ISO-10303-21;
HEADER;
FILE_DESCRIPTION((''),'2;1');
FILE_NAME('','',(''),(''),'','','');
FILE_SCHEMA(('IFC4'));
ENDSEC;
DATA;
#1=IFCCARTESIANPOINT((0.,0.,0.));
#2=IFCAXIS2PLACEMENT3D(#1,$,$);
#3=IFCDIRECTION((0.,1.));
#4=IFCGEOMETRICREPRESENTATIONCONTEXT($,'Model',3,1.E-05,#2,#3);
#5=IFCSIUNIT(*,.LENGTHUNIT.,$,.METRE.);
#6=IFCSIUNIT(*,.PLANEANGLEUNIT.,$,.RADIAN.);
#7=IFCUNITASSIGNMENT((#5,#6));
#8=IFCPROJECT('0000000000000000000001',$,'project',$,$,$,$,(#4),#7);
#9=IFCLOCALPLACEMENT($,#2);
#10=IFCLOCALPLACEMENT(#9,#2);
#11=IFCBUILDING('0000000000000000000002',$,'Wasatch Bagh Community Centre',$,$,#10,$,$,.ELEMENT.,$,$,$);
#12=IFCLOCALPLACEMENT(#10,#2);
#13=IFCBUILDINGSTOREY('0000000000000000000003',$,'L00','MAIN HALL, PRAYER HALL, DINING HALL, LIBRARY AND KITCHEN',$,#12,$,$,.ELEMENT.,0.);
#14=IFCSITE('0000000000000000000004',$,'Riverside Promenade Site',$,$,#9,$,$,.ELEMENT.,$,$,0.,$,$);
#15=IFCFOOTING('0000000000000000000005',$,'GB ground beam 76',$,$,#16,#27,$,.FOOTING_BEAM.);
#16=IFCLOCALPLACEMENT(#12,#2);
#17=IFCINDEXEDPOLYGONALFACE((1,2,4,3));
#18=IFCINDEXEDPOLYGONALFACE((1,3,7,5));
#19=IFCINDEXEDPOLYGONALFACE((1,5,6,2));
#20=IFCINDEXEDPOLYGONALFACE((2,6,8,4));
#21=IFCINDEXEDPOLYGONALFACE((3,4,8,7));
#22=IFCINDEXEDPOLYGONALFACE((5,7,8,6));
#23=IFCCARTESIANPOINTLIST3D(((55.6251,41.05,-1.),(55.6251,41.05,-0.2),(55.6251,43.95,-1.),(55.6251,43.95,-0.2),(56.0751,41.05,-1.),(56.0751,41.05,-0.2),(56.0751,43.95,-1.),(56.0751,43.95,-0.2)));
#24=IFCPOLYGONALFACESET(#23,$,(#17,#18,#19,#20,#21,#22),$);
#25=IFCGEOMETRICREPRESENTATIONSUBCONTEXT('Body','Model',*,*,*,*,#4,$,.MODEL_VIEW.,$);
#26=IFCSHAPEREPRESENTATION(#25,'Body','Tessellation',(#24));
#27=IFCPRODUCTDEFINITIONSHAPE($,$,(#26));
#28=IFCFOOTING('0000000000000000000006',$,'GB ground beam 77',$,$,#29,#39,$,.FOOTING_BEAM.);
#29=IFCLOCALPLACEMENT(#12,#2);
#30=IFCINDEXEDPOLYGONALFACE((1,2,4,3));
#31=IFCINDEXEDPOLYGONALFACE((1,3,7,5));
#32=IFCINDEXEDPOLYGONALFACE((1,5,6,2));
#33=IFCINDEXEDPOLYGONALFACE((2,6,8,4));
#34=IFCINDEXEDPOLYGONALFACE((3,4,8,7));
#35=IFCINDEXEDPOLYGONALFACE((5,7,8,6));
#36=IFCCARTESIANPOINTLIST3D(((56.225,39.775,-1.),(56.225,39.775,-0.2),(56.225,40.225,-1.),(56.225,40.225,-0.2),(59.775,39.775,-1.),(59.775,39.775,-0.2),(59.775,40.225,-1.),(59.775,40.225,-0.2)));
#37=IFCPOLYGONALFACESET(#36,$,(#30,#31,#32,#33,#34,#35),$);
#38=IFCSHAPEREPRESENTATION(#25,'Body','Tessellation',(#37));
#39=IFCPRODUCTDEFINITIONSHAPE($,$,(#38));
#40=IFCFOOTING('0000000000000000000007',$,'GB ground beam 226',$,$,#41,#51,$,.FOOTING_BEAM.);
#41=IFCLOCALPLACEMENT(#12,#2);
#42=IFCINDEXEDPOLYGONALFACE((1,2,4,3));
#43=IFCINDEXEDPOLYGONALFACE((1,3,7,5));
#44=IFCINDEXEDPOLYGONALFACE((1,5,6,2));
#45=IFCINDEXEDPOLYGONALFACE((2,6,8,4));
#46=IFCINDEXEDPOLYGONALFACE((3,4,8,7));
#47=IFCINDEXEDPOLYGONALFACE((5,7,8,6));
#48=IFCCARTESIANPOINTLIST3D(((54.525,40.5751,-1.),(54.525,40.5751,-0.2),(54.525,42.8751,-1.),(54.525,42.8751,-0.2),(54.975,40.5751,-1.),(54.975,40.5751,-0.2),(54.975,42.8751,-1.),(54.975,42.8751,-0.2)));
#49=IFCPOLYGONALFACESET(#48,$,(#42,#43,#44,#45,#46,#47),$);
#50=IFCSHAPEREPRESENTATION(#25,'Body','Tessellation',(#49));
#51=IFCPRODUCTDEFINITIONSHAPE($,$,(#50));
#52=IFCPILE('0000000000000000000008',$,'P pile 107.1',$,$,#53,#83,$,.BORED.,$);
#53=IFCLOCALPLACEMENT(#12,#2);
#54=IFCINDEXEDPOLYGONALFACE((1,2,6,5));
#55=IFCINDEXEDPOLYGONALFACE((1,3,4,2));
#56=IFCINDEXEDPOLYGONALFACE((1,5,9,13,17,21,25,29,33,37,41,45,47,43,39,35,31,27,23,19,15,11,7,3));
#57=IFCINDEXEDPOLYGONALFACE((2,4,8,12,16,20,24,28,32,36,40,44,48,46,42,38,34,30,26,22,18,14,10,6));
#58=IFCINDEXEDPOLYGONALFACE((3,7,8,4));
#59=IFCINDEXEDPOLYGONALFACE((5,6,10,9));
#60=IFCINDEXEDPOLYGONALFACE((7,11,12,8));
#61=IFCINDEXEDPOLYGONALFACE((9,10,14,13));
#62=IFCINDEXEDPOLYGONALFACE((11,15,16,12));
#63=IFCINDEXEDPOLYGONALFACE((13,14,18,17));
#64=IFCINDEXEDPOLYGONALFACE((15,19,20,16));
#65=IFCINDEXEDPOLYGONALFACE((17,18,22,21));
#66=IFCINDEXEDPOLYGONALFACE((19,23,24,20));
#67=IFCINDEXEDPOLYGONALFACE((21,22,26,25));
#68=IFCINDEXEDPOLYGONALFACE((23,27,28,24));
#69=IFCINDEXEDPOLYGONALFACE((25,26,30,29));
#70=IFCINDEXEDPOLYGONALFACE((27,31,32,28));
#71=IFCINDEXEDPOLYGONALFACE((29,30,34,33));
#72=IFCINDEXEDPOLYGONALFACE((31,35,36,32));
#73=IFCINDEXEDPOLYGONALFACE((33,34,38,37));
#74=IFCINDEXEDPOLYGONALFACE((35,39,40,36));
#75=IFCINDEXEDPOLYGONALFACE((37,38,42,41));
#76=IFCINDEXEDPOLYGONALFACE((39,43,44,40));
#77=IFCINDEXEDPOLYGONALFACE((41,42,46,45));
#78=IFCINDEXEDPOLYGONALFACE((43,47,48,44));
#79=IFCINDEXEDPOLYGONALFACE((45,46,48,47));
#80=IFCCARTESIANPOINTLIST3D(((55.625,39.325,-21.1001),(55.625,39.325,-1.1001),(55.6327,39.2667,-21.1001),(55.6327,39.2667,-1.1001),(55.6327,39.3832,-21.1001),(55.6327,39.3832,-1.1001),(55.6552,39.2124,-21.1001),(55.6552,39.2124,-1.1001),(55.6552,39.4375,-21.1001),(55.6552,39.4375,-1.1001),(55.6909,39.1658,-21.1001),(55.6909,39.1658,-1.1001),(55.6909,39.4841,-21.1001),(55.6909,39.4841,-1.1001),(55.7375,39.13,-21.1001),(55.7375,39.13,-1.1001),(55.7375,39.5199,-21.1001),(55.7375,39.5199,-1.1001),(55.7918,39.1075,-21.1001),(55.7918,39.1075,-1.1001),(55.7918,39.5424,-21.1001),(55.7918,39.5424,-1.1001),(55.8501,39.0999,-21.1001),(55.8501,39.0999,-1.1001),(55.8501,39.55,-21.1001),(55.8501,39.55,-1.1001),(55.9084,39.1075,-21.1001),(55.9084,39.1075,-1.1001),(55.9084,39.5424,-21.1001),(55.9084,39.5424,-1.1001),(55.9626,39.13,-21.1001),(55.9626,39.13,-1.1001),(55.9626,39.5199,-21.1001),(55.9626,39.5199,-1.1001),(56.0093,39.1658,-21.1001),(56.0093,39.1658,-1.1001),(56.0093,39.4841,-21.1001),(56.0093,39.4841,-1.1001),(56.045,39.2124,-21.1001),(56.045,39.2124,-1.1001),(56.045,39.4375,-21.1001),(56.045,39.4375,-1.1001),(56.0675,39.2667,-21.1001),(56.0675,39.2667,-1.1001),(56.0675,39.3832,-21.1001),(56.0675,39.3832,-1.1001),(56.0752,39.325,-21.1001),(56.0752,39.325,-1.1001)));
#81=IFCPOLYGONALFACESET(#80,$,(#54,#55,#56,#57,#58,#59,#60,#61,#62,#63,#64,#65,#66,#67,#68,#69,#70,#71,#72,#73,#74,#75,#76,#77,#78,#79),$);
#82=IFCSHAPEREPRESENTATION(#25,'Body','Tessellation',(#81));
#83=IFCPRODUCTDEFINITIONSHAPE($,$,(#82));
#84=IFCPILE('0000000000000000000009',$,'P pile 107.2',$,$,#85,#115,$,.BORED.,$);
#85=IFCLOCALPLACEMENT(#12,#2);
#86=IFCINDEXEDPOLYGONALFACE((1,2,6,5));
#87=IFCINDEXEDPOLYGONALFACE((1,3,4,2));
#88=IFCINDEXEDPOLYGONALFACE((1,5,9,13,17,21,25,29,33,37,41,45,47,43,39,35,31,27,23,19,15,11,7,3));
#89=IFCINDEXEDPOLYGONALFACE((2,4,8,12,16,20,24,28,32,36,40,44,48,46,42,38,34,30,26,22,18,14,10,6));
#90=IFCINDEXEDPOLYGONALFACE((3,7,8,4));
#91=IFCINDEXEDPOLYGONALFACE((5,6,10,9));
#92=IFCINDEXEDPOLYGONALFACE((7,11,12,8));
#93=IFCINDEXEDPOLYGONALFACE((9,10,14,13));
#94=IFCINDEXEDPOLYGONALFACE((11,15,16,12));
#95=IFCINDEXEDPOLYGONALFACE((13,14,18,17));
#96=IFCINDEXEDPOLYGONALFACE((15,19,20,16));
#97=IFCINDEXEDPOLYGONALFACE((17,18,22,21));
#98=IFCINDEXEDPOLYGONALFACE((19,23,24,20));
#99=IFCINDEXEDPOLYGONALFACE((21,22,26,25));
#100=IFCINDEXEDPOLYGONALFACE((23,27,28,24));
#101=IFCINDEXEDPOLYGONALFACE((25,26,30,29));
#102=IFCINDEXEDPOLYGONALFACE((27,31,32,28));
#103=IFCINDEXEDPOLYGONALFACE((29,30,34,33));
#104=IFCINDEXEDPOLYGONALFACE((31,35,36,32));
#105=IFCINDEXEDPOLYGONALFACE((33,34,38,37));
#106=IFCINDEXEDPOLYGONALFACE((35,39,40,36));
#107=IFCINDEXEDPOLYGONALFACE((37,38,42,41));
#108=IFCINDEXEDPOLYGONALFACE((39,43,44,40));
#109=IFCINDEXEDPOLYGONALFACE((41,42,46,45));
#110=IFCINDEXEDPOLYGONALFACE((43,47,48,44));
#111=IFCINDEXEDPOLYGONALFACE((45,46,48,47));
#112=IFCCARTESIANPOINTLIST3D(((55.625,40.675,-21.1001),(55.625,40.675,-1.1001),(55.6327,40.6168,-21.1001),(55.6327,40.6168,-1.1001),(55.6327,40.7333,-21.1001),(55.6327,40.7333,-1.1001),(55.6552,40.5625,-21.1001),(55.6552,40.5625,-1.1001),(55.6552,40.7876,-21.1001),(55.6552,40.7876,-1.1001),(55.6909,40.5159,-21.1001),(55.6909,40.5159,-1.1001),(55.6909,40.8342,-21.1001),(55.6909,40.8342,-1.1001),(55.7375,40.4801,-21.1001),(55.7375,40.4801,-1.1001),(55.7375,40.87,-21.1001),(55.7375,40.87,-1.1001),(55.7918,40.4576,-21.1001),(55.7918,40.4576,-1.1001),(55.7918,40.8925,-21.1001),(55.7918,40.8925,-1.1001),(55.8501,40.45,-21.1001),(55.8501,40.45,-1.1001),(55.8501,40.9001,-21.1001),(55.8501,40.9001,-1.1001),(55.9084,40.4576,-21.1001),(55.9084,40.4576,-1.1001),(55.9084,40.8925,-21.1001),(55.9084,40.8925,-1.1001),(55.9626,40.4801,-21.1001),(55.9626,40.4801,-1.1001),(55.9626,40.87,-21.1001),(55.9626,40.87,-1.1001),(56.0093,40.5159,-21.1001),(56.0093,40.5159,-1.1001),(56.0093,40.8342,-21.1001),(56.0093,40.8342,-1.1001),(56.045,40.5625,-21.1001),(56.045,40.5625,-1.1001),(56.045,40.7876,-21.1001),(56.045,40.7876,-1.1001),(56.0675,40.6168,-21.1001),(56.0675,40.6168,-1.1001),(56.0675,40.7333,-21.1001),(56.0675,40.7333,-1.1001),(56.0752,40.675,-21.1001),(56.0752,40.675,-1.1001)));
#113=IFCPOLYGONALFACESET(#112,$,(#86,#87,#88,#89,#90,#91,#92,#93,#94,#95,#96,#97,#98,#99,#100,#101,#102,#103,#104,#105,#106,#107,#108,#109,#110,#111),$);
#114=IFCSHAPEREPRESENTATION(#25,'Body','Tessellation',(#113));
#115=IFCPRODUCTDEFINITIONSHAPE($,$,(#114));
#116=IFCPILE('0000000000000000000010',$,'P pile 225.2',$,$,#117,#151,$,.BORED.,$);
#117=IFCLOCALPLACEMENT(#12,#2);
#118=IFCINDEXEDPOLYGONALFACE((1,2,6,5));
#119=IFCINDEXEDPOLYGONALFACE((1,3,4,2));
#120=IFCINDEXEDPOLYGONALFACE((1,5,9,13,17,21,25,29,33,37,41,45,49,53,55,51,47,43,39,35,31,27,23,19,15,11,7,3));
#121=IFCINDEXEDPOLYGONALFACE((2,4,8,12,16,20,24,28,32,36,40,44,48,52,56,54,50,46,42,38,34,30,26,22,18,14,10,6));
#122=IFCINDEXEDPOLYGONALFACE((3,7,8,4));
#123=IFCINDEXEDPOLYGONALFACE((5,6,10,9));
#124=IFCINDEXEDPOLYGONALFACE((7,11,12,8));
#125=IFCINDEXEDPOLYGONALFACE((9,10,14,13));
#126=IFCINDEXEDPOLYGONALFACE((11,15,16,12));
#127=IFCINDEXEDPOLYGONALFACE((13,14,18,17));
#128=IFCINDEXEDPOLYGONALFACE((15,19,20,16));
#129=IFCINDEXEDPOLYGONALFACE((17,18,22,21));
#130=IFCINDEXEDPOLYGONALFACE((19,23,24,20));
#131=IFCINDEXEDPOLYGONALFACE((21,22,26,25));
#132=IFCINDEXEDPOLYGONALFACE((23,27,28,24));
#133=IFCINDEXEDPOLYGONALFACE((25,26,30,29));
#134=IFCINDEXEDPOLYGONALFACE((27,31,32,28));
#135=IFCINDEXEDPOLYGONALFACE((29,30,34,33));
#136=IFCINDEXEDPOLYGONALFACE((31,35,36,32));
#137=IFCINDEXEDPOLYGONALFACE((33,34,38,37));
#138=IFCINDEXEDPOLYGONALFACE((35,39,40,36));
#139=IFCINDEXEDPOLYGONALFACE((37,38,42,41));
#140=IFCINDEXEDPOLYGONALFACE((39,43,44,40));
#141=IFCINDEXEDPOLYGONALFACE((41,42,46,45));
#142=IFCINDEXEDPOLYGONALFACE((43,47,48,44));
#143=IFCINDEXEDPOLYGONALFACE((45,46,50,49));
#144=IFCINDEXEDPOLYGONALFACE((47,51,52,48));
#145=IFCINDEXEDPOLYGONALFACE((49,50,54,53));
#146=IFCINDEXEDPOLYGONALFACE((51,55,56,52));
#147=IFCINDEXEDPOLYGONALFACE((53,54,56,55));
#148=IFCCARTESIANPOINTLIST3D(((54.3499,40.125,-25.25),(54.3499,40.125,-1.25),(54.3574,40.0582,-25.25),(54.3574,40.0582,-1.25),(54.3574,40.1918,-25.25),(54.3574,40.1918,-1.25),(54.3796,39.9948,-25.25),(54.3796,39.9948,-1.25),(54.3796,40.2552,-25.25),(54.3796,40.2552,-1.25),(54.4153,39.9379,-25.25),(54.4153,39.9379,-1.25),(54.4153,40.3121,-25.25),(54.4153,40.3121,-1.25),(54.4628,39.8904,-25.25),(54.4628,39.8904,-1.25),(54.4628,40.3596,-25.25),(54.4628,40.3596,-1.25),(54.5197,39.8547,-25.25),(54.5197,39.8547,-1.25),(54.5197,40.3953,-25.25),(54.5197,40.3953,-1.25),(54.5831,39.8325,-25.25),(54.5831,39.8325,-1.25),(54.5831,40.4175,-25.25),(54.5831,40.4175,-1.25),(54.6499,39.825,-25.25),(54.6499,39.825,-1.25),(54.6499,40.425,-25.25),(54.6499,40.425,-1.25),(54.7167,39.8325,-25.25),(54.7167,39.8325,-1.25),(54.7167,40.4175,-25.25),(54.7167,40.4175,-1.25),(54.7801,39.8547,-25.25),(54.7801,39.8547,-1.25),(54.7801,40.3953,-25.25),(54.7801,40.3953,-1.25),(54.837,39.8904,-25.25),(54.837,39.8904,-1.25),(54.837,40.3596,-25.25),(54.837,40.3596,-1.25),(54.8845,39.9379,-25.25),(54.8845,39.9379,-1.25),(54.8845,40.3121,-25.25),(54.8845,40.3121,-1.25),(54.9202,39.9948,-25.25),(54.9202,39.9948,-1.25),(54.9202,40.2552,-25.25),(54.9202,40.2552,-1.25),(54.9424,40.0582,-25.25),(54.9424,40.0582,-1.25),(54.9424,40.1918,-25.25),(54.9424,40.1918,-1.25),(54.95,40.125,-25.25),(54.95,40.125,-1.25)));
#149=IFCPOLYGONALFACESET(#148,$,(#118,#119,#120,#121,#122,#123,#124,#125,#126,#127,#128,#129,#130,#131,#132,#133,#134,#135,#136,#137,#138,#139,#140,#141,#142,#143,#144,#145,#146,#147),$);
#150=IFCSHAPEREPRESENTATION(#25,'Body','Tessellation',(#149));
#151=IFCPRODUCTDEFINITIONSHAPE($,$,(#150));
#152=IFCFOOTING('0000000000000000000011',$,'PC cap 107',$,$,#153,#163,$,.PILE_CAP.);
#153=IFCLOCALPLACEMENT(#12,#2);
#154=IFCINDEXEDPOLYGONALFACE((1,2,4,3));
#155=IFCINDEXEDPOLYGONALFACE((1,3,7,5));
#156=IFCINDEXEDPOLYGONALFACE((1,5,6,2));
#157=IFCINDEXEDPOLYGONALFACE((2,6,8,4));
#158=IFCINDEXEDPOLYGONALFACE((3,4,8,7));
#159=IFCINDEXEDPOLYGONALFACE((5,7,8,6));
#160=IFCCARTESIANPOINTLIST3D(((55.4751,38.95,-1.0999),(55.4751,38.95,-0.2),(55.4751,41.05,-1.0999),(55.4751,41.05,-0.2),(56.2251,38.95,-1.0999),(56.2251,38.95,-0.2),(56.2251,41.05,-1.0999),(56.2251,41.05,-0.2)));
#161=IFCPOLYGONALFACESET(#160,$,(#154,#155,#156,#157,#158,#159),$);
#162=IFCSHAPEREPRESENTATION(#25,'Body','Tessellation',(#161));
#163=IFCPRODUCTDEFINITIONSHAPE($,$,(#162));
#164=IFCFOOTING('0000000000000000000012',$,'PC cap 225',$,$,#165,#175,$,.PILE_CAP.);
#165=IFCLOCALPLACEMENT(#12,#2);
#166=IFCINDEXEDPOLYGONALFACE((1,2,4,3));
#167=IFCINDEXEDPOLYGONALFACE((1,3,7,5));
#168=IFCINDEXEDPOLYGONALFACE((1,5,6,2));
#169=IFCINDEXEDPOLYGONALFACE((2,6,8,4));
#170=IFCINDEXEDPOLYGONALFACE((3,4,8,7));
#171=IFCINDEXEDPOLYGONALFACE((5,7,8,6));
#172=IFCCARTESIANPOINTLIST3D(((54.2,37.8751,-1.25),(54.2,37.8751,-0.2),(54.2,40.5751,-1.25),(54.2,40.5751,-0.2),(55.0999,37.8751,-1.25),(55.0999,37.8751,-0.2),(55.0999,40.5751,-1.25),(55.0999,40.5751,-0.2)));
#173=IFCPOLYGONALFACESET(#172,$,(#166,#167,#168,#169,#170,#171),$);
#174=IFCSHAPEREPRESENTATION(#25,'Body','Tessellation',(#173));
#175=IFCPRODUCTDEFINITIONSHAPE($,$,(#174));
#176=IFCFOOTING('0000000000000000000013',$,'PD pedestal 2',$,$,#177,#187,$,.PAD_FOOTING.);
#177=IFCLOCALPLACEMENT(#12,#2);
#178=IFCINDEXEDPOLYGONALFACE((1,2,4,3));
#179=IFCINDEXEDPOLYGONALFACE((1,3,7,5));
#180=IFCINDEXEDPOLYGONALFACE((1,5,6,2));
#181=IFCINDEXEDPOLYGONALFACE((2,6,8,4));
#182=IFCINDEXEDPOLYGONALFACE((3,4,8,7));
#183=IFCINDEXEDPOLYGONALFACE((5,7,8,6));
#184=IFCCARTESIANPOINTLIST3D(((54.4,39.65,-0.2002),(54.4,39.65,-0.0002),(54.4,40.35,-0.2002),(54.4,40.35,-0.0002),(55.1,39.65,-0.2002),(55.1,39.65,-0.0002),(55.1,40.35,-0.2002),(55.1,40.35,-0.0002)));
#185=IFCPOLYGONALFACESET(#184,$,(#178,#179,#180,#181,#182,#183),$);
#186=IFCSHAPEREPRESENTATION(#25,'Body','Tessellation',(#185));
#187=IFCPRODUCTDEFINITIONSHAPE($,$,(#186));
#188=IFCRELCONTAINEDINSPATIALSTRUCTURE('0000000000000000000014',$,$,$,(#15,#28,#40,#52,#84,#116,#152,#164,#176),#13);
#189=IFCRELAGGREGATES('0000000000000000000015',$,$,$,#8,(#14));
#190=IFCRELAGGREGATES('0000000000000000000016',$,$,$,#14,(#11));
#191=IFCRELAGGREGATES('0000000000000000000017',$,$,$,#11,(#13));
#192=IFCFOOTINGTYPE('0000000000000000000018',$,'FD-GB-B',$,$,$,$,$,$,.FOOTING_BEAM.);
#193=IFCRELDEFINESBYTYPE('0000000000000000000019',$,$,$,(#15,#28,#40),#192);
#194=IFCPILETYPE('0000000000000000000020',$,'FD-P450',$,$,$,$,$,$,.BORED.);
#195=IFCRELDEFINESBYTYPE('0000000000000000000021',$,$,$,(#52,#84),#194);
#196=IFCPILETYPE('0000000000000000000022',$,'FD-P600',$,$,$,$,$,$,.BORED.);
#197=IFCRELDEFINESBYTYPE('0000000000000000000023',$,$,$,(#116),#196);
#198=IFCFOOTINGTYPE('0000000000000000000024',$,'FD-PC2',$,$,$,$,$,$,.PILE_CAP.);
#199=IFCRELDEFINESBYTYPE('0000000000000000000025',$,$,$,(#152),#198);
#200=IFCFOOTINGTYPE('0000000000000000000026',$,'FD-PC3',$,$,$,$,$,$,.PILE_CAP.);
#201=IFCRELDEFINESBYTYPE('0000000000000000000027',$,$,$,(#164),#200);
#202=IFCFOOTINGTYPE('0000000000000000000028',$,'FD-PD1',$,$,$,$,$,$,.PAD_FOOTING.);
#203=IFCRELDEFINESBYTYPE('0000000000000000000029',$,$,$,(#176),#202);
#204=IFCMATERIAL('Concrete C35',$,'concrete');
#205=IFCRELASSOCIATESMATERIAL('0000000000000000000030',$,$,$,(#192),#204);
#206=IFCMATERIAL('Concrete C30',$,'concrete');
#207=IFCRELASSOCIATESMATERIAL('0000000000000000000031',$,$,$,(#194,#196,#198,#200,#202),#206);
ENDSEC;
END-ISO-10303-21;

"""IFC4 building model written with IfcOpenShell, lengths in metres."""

from ifc_helpers import new_model, si_unit, direction, frame, origin, origin_2d, place, context, subcontext, project, spatial, rectangle, circle, extrude, material, material_profile, profile_set, type_object, element, save


model = new_model("IFC4")

# Units and contexts
model_context = context("Model", 3, precision=1e-05, world=origin(), true_north=direction((0.0, 1.0)))
body_context = subcontext(model_context, "Body", "Model", "MODEL_VIEW")
ifc_project = project(units=[si_unit("LENGTHUNIT", "METRE"), si_unit("PLANEANGLEUNIT", "RADIAN")], contexts=[model_context])

# Site, building, storey
site_placement = place(None, origin())
site = spatial("IfcSite", under=ifc_project, at=site_placement, Name="Riverside Promenade Site", CompositionType="ELEMENT", RefElevation=0.0)
building_placement = place(site_placement, origin())
building = spatial("IfcBuilding", under=site, at=building_placement, Name="Wasatch Bagh Community Centre", CompositionType="ELEMENT")
storey_placement = place(building_placement, origin())
storey = spatial("IfcBuildingStorey", under=building, at=storey_placement, Name="L00", Description="MAIN HALL, PRAYER HALL, DINING HALL, LIBRARY AND KITCHEN", CompositionType="ELEMENT", Elevation=0.0)

# Footings
ifc_material_1 = material(Name="Concrete C35", Category="concrete")
footing_type_1 = type_object("IfcFootingType", Name="FD-GB-B", PredefinedType="FOOTING_BEAM", material=ifc_material_1)
footing_1_placement = place(storey_placement, frame((55.8501, 42.5, -1.0), z_axis=(0.0, 0.0, 1.0), x_axis=(0.0, 1.0, 0.0)))
element("IfcFooting", 1, at=footing_1_placement, inside=storey, type_object=footing_type_1, Name="GB ground beam 76", PredefinedType="FOOTING_BEAM", context=body_context, shape_type="SweptSolid", body=[
    extrude(rectangle(XDim=2.8999, YDim=0.45, at=origin_2d()), origin(), (0.0, 0.0, 1.0), 0.8),
])
footing_2_placement = place(storey_placement, frame((58.0, 40.0, -1.0), z_axis=(0.0, 0.0, 1.0), x_axis=(1.0, 0.0, 0.0)))
element("IfcFooting", 2, at=footing_2_placement, inside=storey, type_object=footing_type_1, Name="GB ground beam 77", PredefinedType="FOOTING_BEAM", context=body_context, shape_type="SweptSolid", body=[
    extrude(rectangle(XDim=3.55, YDim=0.45, at=origin_2d()), origin(), (0.0, 0.0, 1.0), 0.8),
])
footing_3_placement = place(storey_placement, frame((54.75, 41.7251, -1.0), z_axis=(0.0, 0.0, 1.0), x_axis=(0.0, 1.0, 0.0)))
element("IfcFooting", 3, at=footing_3_placement, inside=storey, type_object=footing_type_1, Name="GB ground beam 226", PredefinedType="FOOTING_BEAM", context=body_context, shape_type="SweptSolid", body=[
    extrude(rectangle(XDim=2.3, YDim=0.45, at=origin_2d()), origin(), (0.0, 0.0, 1.0), 0.8),
])

# Piles
ifc_material_2 = material(Name="Concrete C30", Category="concrete")
ifc_material_profile_1 = material_profile(ifc_material_2, circle(Radius=0.2251, at=origin_2d()), Name="RC D450")
ifc_profile_set_1 = profile_set([ifc_material_profile_1], Name="Concrete C30")
pile_type_1 = type_object("IfcPileType", Name="FD-P450", PredefinedType="BORED", material=ifc_profile_set_1)
for number, where, z_axis, x_axis, name in (
    (4, (55.8501, 39.325, -1.1001), (0.0, 0.0, -1.0), (1.0, 0.0, 0.0), "P pile 107.1"),
    (5, (55.8501, 40.675, -1.1001), (0.0, 0.0, -1.0), (1.0, 0.0, 0.0), "P pile 107.2"),
):
    element("IfcPile", number, at=place(storey_placement, frame(where, z_axis=z_axis, x_axis=x_axis)), inside=storey, type_object=pile_type_1, Name=name, PredefinedType="BORED", context=body_context, shape_type="SweptSolid", body=[
        extrude(circle(Radius=0.2251, at=origin_2d()), origin(), (0.0, 0.0, 1.0), 20.0),
    ])
ifc_material_profile_2 = material_profile(ifc_material_2, circle(Radius=0.3, at=origin_2d()), Name="RC D600")
ifc_profile_set_2 = profile_set([ifc_material_profile_2], Name="Concrete C30")
pile_type_2 = type_object("IfcPileType", Name="FD-P600", PredefinedType="BORED", material=ifc_profile_set_2)
pile_placement = place(storey_placement, frame((54.6499, 40.125, -1.25), z_axis=(0.0, 0.0, -1.0), x_axis=(1.0, 0.0, 0.0)))
element("IfcPile", 6, at=pile_placement, inside=storey, type_object=pile_type_2, Name="P pile 225.2", PredefinedType="BORED", context=body_context, shape_type="SweptSolid", body=[
    extrude(circle(Radius=0.3, at=origin_2d()), origin(), (0.0, 0.0, 1.0), 24.0),
])

# Footings
footing_type_2 = type_object("IfcFootingType", Name="FD-PC2", PredefinedType="PILE_CAP", material=ifc_material_2)
footing_4_placement = place(storey_placement, frame((55.8501, 40.0, -1.0999), z_axis=(0.0, 0.0, 1.0), x_axis=(0.0, 1.0, 0.0)))
element("IfcFooting", 7, at=footing_4_placement, inside=storey, type_object=footing_type_2, Name="PC cap 107", PredefinedType="PILE_CAP", context=body_context, shape_type="SweptSolid", body=[
    extrude(rectangle(XDim=2.1001, YDim=0.75, at=origin_2d()), origin(), (0.0, 0.0, 1.0), 0.8999),
])
footing_type_3 = type_object("IfcFootingType", Name="FD-PC3", PredefinedType="PILE_CAP", material=ifc_material_2)
footing_5_placement = place(storey_placement, frame((54.6499, 39.2251, -1.25), z_axis=(0.0, 0.0, 1.0), x_axis=(0.0, 1.0, 0.0)))
element("IfcFooting", 8, at=footing_5_placement, inside=storey, type_object=footing_type_3, Name="PC cap 225", PredefinedType="PILE_CAP", context=body_context, shape_type="SweptSolid", body=[
    extrude(rectangle(XDim=2.7, YDim=0.8999, at=origin_2d()), origin(), (0.0, 0.0, 1.0), 1.05),
])
footing_type_4 = type_object("IfcFootingType", Name="FD-PD1", PredefinedType="PAD_FOOTING", material=ifc_material_2)
footing_6_placement = place(storey_placement, frame((54.75, 40.0, -0.2002), z_axis=(0.0, 0.0, 1.0), x_axis=(1.0, 0.0, 0.0)))
element("IfcFooting", 9, at=footing_6_placement, inside=storey, type_object=footing_type_4, Name="PD pedestal 2", PredefinedType="PAD_FOOTING", context=body_context, shape_type="SweptSolid", body=[
    extrude(rectangle(XDim=0.7, YDim=0.7, at=origin_2d()), origin(), (0.0, 0.0, 1.0), 0.2),
])

save(model, "model.ifc")
